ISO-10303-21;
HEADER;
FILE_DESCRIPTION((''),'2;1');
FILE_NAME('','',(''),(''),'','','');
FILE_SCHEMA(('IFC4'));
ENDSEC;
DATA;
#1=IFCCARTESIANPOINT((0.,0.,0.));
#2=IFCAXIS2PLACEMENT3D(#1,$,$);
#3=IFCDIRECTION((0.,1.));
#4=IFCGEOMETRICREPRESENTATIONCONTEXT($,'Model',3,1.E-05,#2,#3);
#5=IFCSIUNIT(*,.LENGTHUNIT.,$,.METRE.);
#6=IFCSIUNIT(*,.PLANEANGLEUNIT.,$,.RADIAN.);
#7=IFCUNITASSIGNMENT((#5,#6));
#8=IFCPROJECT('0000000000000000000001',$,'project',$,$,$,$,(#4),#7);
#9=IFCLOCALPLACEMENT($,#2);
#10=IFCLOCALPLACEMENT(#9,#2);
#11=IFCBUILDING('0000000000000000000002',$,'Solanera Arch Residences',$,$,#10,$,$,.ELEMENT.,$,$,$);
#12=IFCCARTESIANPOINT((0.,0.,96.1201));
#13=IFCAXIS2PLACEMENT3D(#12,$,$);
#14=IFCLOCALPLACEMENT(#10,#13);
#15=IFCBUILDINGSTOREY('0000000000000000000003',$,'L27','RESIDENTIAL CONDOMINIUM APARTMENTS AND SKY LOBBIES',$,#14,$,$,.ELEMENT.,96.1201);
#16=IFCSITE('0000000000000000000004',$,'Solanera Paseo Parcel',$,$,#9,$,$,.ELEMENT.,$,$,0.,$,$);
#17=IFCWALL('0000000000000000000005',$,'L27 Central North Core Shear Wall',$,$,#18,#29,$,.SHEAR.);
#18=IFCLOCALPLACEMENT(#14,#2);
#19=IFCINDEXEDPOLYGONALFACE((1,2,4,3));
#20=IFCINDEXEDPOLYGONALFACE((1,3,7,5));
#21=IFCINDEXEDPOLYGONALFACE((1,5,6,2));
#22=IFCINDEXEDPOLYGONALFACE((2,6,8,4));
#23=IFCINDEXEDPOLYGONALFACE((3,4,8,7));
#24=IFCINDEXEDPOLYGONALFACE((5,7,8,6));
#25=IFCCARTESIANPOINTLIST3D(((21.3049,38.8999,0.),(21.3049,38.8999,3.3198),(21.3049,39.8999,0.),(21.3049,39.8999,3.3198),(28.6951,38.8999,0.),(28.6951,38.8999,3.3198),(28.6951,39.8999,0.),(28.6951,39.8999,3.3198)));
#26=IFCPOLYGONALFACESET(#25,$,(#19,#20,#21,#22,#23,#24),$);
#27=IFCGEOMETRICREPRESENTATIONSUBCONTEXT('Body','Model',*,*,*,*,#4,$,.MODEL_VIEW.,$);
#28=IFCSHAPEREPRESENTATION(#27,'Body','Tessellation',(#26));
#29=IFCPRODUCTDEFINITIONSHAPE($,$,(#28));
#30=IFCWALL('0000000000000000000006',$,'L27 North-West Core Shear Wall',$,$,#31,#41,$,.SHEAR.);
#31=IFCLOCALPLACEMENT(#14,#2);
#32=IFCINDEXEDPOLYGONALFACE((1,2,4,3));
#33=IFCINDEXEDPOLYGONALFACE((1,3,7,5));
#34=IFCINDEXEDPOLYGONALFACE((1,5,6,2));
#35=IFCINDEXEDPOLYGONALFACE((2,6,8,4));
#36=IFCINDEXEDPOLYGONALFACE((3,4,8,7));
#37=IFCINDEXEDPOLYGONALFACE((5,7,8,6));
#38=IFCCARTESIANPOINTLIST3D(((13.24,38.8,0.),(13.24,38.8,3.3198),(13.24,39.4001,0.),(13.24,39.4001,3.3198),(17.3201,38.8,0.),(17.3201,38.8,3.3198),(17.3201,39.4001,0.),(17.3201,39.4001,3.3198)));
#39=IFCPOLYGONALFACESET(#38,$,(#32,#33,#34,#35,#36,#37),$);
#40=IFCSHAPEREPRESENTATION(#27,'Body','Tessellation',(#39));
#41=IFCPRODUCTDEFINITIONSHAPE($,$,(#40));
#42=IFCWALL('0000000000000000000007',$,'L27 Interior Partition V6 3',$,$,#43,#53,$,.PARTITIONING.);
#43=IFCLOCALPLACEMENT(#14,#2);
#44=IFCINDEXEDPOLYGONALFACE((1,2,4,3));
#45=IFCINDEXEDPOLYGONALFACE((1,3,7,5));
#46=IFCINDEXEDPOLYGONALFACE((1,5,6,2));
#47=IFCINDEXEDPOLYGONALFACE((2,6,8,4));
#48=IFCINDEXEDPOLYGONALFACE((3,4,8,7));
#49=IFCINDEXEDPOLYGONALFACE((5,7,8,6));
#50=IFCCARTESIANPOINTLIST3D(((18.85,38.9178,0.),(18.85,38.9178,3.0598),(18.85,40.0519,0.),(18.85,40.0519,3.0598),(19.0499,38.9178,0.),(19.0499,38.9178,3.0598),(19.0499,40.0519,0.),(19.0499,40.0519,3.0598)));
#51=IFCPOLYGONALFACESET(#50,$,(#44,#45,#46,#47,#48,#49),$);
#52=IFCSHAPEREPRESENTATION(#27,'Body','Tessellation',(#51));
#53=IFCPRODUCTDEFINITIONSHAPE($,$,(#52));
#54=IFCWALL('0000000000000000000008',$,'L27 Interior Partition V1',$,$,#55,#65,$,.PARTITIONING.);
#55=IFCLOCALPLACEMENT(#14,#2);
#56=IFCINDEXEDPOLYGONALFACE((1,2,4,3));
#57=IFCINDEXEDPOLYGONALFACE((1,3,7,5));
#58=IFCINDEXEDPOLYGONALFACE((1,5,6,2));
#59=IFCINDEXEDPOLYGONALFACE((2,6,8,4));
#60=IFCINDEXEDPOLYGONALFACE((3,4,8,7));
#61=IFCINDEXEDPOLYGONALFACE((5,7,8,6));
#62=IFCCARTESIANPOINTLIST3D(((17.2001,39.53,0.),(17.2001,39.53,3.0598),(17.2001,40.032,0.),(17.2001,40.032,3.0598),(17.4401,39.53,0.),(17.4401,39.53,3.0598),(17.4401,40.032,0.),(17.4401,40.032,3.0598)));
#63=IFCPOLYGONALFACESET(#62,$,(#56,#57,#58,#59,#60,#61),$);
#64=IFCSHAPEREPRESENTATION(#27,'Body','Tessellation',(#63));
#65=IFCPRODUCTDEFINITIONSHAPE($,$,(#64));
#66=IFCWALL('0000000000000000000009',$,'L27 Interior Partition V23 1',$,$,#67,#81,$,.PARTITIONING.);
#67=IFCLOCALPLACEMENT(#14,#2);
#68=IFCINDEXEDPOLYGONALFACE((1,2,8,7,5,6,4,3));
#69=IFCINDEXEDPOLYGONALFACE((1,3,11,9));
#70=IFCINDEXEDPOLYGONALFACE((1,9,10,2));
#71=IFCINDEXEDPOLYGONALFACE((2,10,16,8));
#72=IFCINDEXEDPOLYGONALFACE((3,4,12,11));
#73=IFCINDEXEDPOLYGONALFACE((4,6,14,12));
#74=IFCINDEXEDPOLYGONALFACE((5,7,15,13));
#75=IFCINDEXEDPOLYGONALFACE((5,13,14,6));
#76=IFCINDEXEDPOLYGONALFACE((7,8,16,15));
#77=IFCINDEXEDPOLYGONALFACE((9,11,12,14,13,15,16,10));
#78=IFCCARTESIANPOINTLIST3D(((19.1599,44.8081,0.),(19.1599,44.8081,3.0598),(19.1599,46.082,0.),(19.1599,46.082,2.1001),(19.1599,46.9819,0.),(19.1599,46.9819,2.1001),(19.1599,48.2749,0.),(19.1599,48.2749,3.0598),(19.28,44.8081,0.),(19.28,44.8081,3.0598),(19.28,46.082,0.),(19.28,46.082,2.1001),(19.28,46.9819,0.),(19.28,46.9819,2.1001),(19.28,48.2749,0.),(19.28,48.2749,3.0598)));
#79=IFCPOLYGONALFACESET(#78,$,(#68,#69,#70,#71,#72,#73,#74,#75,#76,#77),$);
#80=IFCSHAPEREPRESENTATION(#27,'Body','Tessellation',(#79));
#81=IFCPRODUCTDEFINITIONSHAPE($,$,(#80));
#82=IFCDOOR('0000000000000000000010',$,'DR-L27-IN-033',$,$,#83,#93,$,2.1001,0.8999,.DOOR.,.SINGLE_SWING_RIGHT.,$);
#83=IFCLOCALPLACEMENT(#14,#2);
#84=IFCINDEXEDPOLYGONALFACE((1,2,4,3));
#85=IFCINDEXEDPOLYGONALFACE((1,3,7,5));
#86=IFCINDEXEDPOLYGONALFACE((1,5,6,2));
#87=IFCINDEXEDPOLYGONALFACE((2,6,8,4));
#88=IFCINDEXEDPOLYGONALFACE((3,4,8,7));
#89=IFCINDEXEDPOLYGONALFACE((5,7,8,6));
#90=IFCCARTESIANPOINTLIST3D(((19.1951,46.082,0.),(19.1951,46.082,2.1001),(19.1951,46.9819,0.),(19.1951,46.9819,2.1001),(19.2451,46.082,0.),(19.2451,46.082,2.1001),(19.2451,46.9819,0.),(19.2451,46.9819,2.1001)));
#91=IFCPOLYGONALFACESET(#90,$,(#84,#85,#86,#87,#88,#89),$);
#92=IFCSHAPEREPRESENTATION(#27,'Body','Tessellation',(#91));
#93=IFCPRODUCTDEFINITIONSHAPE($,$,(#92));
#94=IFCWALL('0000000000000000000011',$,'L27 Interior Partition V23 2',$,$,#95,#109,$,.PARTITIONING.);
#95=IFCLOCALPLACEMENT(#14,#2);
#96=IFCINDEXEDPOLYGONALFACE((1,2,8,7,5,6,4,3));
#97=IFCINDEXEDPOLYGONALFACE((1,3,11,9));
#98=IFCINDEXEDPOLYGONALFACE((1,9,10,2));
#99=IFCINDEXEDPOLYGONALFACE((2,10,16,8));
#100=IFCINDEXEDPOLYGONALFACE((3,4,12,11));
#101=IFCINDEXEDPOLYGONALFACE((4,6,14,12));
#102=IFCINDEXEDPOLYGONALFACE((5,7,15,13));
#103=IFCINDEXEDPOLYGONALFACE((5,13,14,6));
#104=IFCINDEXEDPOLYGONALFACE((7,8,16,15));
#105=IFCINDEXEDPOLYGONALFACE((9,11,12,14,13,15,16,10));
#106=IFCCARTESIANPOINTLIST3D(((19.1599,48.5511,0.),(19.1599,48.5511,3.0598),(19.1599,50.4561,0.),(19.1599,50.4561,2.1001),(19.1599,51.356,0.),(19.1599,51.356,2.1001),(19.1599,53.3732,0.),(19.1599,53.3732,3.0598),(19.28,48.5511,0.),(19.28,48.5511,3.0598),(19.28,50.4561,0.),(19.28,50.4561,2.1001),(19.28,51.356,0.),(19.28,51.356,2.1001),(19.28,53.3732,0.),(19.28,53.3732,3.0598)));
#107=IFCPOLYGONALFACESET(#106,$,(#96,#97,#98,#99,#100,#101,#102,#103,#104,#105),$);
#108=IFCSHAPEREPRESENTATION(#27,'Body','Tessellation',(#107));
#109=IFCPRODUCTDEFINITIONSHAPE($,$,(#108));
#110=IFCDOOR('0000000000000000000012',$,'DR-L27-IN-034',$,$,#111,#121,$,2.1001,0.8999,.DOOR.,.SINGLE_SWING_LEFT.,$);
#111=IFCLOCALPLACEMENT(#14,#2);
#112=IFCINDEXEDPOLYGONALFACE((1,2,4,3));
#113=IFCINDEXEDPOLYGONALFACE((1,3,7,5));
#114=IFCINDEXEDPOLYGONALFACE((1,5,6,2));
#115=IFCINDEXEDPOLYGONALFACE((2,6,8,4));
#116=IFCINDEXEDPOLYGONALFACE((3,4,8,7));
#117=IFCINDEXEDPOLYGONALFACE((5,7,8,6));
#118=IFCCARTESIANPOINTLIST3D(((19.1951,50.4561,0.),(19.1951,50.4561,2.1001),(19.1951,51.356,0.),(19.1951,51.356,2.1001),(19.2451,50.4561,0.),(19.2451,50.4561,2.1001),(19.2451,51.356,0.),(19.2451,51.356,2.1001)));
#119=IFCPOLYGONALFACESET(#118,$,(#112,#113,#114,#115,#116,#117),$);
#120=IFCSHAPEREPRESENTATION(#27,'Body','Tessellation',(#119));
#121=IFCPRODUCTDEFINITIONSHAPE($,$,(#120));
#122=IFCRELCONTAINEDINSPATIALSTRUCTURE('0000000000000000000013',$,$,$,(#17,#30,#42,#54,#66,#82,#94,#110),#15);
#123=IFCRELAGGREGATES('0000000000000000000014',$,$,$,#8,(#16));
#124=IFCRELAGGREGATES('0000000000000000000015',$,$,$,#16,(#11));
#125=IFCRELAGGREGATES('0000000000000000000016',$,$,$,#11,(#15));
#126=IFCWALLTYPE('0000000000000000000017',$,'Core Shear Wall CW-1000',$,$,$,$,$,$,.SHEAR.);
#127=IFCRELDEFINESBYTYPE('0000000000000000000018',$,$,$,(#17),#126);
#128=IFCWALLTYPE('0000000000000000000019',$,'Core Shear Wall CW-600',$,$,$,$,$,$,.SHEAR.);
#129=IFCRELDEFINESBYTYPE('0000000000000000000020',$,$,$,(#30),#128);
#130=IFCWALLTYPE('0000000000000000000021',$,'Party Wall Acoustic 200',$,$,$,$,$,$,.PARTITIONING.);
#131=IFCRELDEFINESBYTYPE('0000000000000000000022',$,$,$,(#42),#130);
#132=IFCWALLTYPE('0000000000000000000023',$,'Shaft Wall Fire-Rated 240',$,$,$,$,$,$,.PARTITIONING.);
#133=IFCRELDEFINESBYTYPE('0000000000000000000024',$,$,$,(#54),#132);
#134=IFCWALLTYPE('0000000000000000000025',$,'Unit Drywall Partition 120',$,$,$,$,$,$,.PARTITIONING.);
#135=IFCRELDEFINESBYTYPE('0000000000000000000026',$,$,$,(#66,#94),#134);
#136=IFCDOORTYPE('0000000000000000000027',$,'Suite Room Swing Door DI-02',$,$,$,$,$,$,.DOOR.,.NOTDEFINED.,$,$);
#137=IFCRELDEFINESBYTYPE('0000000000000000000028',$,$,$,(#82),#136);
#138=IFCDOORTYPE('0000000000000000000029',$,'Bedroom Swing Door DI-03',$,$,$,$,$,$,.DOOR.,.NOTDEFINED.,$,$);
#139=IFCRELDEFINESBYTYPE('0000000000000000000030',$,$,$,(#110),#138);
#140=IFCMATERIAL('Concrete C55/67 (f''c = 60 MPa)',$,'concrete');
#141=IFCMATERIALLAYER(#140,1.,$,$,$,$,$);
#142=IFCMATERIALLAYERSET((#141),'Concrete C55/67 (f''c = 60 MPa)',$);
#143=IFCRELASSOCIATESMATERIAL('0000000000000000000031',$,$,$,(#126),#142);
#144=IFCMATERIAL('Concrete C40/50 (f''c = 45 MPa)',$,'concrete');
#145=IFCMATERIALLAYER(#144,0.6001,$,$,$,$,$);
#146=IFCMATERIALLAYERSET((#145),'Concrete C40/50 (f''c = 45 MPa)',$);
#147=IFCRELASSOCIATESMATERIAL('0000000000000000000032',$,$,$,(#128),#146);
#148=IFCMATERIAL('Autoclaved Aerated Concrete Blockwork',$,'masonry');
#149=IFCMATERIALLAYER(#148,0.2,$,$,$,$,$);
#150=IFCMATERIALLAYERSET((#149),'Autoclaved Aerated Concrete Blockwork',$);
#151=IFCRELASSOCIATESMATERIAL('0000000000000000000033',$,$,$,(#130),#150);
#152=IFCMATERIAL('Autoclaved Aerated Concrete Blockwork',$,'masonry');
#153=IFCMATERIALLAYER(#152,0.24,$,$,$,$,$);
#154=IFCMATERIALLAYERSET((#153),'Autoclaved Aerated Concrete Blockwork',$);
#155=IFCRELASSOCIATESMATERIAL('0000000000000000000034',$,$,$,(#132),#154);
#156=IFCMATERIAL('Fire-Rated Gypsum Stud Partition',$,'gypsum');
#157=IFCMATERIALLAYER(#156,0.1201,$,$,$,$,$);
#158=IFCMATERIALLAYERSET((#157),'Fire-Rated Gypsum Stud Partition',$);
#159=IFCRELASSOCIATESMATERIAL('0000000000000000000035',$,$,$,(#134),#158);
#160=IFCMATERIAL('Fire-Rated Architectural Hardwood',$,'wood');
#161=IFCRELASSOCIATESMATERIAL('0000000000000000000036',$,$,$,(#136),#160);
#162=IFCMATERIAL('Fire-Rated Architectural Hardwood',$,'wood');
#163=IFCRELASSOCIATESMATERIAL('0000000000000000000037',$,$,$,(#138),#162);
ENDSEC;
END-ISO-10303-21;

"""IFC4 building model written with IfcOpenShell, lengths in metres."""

from ifc_helpers import new_model, si_unit, direction, frame, frame_2d, origin, place, context, subcontext, project, spatial, rectangle, extrude, material, layer, layer_set, type_object, element, fill, save


model = new_model("IFC4")

# Units and contexts
model_context = context("Model", 3, precision=1e-05, world=origin(), true_north=direction((0.0, 1.0)))
body_context = subcontext(model_context, "Body", "Model", "MODEL_VIEW")
ifc_project = project(units=[si_unit("LENGTHUNIT", "METRE"), si_unit("PLANEANGLEUNIT", "RADIAN")], contexts=[model_context])

# Site, building, storey
site_placement = place(None, origin())
site = spatial("IfcSite", under=ifc_project, at=site_placement, Name="Solanera Paseo Parcel", CompositionType="ELEMENT", RefElevation=0.0)
building_placement = place(site_placement, origin())
building = spatial("IfcBuilding", under=site, at=building_placement, Name="Solanera Arch Residences", CompositionType="ELEMENT")
storey_placement = place(building_placement, frame((0.0, 0.0, 96.1201)))
storey = spatial("IfcBuildingStorey", under=building, at=storey_placement, Name="L27", Description="RESIDENTIAL CONDOMINIUM APARTMENTS AND SKY LOBBIES", CompositionType="ELEMENT", Elevation=96.1201)

# Walls
ifc_material_1 = material(Name="Concrete C55/67 (f'c = 60 MPa)", Category="concrete")
ifc_layer_1 = layer(ifc_material_1, 1.0)
ifc_layer_set_1 = layer_set([ifc_layer_1], Name="Concrete C55/67 (f'c = 60 MPa)")
wall_type_1 = type_object("IfcWallType", Name="Core Shear Wall CW-1000", PredefinedType="SHEAR", material=ifc_layer_set_1)
wall_1_placement = place(storey_placement, frame((21.3049, 39.3999, 0.0), z_axis=(0.0, 0.0, 1.0), x_axis=(1.0, 0.0, 0.0)))
element("IfcWall", 1, at=wall_1_placement, inside=storey, type_object=wall_type_1, Name="L27 Central North Core Shear Wall", PredefinedType="SHEAR", context=body_context, shape_type="SweptSolid", body=[
    extrude(rectangle(XDim=7.3901, YDim=1.0, at=frame_2d((3.6951, 0.0))), origin(), (0.0, 0.0, 1.0), 3.3198),
])
ifc_material_2 = material(Name="Concrete C40/50 (f'c = 45 MPa)", Category="concrete")
ifc_layer_2 = layer(ifc_material_2, 0.6001)
ifc_layer_set_2 = layer_set([ifc_layer_2], Name="Concrete C40/50 (f'c = 45 MPa)")
wall_type_2 = type_object("IfcWallType", Name="Core Shear Wall CW-600", PredefinedType="SHEAR", material=ifc_layer_set_2)
wall_2_placement = place(storey_placement, frame((13.24, 39.1001, 0.0), z_axis=(0.0, 0.0, 1.0), x_axis=(1.0, 0.0, 0.0)))
element("IfcWall", 2, at=wall_2_placement, inside=storey, type_object=wall_type_2, Name="L27 North-West Core Shear Wall", PredefinedType="SHEAR", context=body_context, shape_type="SweptSolid", body=[
    extrude(rectangle(XDim=4.0801, YDim=0.6001, at=frame_2d((2.04, 0.0))), origin(), (0.0, 0.0, 1.0), 3.3198),
])
ifc_material_3 = material(Name="Autoclaved Aerated Concrete Blockwork", Category="masonry")
ifc_layer_3 = layer(ifc_material_3, 0.2)
ifc_layer_set_3 = layer_set([ifc_layer_3], Name="Autoclaved Aerated Concrete Blockwork")
wall_type_3 = type_object("IfcWallType", Name="Party Wall Acoustic 200", PredefinedType="PARTITIONING", material=ifc_layer_set_3)
wall_3_placement = place(storey_placement, frame((18.95, 38.918, 0.0), z_axis=(0.0, 0.0, 1.0), x_axis=(0.0, 1.0, 0.0)))
element("IfcWall", 3, at=wall_3_placement, inside=storey, type_object=wall_type_3, Name="L27 Interior Partition V6 3", PredefinedType="PARTITIONING", context=body_context, shape_type="SweptSolid", body=[
    extrude(rectangle(XDim=1.134, YDim=0.2, at=frame_2d((0.5669, 0.0))), origin(), (0.0, 0.0, 1.0), 3.0598),
])
ifc_material_4 = material(Name="Autoclaved Aerated Concrete Blockwork", Category="masonry")
ifc_layer_4 = layer(ifc_material_4, 0.24)
ifc_layer_set_4 = layer_set([ifc_layer_4], Name="Autoclaved Aerated Concrete Blockwork")
wall_type_4 = type_object("IfcWallType", Name="Shaft Wall Fire-Rated 240", PredefinedType="PARTITIONING", material=ifc_layer_set_4)
wall_4_placement = place(storey_placement, frame((17.3201, 39.53, 0.0), z_axis=(0.0, 0.0, 1.0), x_axis=(0.0, 1.0, 0.0)))
element("IfcWall", 4, at=wall_4_placement, inside=storey, type_object=wall_type_4, Name="L27 Interior Partition V1", PredefinedType="PARTITIONING", context=body_context, shape_type="SweptSolid", body=[
    extrude(rectangle(XDim=0.502, YDim=0.24, at=frame_2d((0.251, 0.0))), origin(), (0.0, 0.0, 1.0), 3.0598),
])

# Walls, openings, doors
ifc_material_5 = material(Name="Fire-Rated Gypsum Stud Partition", Category="gypsum")
ifc_layer_5 = layer(ifc_material_5, 0.1201)
ifc_layer_set_5 = layer_set([ifc_layer_5], Name="Fire-Rated Gypsum Stud Partition")
wall_type_5 = type_object("IfcWallType", Name="Unit Drywall Partition 120", PredefinedType="PARTITIONING", material=ifc_layer_set_5)
wall_5_placement = place(storey_placement, frame((19.22, 44.8081, 0.0), z_axis=(0.0, 0.0, 1.0), x_axis=(0.0, 1.0, 0.0)))
wall_5 = element("IfcWall", 5, at=wall_5_placement, inside=storey, type_object=wall_type_5, Name="L27 Interior Partition V23 1", PredefinedType="PARTITIONING", context=body_context, shape_type="SweptSolid", body=[
    extrude(rectangle(XDim=3.4668, YDim=0.1201, at=frame_2d((1.7334, 0.0))), origin(), (0.0, 0.0, 1.0), 3.0598),
])
opening_1_placement = place(wall_5_placement, frame((1.2739, 0.0, 0.0)))
opening_1 = element("IfcOpeningElement", 6, at=opening_1_placement, cuts=wall_5, PredefinedType="OPENING", context=body_context, shape_type="SweptSolid", body=[
    extrude(rectangle(XDim=0.8999, YDim=2.1001, at=frame_2d((0.45, 1.05))), frame((0.0, 0.0701, 0.0), z_axis=(0.0, -1.0, 0.0), x_axis=(1.0, 0.0, 0.0)), (0.0, 0.0, 1.0), 0.1401),
])
ifc_material_6 = material(Name="Fire-Rated Architectural Hardwood", Category="wood")
door_type_1 = type_object("IfcDoorType", Name="Suite Room Swing Door DI-02", OperationType="NOTDEFINED", PredefinedType="DOOR", material=ifc_material_6)
door_1_placement = place(opening_1_placement, origin())
door_1 = element("IfcDoor", 7, at=door_1_placement, inside=storey, type_object=door_type_1, Name="DR-L27-IN-033", OperationType="SINGLE_SWING_RIGHT", OverallHeight=2.1001, OverallWidth=0.8999, PredefinedType="DOOR", context=body_context, shape_type="SweptSolid", body=[
    extrude(rectangle(XDim=0.8999, YDim=2.1001, at=frame_2d((0.45, 1.05))), frame((0.0, 0.0249, 0.0), z_axis=(0.0, -1.0, 0.0), x_axis=(1.0, 0.0, 0.0)), (0.0, 0.0, 1.0), 0.05),
])
fill(opening_1, door_1)
wall_6_placement = place(storey_placement, frame((19.22, 48.551, 0.0), z_axis=(0.0, 0.0, 1.0), x_axis=(0.0, 1.0, 0.0)))
wall_6 = element("IfcWall", 8, at=wall_6_placement, inside=storey, type_object=wall_type_5, Name="L27 Interior Partition V23 2", PredefinedType="PARTITIONING", context=body_context, shape_type="SweptSolid", body=[
    extrude(rectangle(XDim=4.822, YDim=0.1201, at=frame_2d((2.4111, 0.0))), origin(), (0.0, 0.0, 1.0), 3.0598),
])
opening_2_placement = place(wall_6_placement, frame((1.905, 0.0, 0.0)))
opening_2 = element("IfcOpeningElement", 9, at=opening_2_placement, cuts=wall_6, PredefinedType="OPENING", context=body_context, shape_type="SweptSolid", body=[
    extrude(rectangle(XDim=0.8999, YDim=2.1001, at=frame_2d((0.45, 1.05))), frame((0.0, 0.0701, 0.0), z_axis=(0.0, -1.0, 0.0), x_axis=(1.0, 0.0, 0.0)), (0.0, 0.0, 1.0), 0.1401),
])
ifc_material_7 = material(Name="Fire-Rated Architectural Hardwood", Category="wood")
door_type_2 = type_object("IfcDoorType", Name="Bedroom Swing Door DI-03", OperationType="NOTDEFINED", PredefinedType="DOOR", material=ifc_material_7)
door_2_placement = place(opening_2_placement, origin())
door_2 = element("IfcDoor", 10, at=door_2_placement, inside=storey, type_object=door_type_2, Name="DR-L27-IN-034", OperationType="SINGLE_SWING_LEFT", OverallHeight=2.1001, OverallWidth=0.8999, PredefinedType="DOOR", context=body_context, shape_type="SweptSolid", body=[
    extrude(rectangle(XDim=0.8999, YDim=2.1001, at=frame_2d((0.45, 1.05))), frame((0.0, 0.0249, 0.0), z_axis=(0.0, -1.0, 0.0), x_axis=(1.0, 0.0, 0.0)), (0.0, 0.0, 1.0), 0.05),
])
fill(opening_2, door_2)

save(model, "model.ifc")
